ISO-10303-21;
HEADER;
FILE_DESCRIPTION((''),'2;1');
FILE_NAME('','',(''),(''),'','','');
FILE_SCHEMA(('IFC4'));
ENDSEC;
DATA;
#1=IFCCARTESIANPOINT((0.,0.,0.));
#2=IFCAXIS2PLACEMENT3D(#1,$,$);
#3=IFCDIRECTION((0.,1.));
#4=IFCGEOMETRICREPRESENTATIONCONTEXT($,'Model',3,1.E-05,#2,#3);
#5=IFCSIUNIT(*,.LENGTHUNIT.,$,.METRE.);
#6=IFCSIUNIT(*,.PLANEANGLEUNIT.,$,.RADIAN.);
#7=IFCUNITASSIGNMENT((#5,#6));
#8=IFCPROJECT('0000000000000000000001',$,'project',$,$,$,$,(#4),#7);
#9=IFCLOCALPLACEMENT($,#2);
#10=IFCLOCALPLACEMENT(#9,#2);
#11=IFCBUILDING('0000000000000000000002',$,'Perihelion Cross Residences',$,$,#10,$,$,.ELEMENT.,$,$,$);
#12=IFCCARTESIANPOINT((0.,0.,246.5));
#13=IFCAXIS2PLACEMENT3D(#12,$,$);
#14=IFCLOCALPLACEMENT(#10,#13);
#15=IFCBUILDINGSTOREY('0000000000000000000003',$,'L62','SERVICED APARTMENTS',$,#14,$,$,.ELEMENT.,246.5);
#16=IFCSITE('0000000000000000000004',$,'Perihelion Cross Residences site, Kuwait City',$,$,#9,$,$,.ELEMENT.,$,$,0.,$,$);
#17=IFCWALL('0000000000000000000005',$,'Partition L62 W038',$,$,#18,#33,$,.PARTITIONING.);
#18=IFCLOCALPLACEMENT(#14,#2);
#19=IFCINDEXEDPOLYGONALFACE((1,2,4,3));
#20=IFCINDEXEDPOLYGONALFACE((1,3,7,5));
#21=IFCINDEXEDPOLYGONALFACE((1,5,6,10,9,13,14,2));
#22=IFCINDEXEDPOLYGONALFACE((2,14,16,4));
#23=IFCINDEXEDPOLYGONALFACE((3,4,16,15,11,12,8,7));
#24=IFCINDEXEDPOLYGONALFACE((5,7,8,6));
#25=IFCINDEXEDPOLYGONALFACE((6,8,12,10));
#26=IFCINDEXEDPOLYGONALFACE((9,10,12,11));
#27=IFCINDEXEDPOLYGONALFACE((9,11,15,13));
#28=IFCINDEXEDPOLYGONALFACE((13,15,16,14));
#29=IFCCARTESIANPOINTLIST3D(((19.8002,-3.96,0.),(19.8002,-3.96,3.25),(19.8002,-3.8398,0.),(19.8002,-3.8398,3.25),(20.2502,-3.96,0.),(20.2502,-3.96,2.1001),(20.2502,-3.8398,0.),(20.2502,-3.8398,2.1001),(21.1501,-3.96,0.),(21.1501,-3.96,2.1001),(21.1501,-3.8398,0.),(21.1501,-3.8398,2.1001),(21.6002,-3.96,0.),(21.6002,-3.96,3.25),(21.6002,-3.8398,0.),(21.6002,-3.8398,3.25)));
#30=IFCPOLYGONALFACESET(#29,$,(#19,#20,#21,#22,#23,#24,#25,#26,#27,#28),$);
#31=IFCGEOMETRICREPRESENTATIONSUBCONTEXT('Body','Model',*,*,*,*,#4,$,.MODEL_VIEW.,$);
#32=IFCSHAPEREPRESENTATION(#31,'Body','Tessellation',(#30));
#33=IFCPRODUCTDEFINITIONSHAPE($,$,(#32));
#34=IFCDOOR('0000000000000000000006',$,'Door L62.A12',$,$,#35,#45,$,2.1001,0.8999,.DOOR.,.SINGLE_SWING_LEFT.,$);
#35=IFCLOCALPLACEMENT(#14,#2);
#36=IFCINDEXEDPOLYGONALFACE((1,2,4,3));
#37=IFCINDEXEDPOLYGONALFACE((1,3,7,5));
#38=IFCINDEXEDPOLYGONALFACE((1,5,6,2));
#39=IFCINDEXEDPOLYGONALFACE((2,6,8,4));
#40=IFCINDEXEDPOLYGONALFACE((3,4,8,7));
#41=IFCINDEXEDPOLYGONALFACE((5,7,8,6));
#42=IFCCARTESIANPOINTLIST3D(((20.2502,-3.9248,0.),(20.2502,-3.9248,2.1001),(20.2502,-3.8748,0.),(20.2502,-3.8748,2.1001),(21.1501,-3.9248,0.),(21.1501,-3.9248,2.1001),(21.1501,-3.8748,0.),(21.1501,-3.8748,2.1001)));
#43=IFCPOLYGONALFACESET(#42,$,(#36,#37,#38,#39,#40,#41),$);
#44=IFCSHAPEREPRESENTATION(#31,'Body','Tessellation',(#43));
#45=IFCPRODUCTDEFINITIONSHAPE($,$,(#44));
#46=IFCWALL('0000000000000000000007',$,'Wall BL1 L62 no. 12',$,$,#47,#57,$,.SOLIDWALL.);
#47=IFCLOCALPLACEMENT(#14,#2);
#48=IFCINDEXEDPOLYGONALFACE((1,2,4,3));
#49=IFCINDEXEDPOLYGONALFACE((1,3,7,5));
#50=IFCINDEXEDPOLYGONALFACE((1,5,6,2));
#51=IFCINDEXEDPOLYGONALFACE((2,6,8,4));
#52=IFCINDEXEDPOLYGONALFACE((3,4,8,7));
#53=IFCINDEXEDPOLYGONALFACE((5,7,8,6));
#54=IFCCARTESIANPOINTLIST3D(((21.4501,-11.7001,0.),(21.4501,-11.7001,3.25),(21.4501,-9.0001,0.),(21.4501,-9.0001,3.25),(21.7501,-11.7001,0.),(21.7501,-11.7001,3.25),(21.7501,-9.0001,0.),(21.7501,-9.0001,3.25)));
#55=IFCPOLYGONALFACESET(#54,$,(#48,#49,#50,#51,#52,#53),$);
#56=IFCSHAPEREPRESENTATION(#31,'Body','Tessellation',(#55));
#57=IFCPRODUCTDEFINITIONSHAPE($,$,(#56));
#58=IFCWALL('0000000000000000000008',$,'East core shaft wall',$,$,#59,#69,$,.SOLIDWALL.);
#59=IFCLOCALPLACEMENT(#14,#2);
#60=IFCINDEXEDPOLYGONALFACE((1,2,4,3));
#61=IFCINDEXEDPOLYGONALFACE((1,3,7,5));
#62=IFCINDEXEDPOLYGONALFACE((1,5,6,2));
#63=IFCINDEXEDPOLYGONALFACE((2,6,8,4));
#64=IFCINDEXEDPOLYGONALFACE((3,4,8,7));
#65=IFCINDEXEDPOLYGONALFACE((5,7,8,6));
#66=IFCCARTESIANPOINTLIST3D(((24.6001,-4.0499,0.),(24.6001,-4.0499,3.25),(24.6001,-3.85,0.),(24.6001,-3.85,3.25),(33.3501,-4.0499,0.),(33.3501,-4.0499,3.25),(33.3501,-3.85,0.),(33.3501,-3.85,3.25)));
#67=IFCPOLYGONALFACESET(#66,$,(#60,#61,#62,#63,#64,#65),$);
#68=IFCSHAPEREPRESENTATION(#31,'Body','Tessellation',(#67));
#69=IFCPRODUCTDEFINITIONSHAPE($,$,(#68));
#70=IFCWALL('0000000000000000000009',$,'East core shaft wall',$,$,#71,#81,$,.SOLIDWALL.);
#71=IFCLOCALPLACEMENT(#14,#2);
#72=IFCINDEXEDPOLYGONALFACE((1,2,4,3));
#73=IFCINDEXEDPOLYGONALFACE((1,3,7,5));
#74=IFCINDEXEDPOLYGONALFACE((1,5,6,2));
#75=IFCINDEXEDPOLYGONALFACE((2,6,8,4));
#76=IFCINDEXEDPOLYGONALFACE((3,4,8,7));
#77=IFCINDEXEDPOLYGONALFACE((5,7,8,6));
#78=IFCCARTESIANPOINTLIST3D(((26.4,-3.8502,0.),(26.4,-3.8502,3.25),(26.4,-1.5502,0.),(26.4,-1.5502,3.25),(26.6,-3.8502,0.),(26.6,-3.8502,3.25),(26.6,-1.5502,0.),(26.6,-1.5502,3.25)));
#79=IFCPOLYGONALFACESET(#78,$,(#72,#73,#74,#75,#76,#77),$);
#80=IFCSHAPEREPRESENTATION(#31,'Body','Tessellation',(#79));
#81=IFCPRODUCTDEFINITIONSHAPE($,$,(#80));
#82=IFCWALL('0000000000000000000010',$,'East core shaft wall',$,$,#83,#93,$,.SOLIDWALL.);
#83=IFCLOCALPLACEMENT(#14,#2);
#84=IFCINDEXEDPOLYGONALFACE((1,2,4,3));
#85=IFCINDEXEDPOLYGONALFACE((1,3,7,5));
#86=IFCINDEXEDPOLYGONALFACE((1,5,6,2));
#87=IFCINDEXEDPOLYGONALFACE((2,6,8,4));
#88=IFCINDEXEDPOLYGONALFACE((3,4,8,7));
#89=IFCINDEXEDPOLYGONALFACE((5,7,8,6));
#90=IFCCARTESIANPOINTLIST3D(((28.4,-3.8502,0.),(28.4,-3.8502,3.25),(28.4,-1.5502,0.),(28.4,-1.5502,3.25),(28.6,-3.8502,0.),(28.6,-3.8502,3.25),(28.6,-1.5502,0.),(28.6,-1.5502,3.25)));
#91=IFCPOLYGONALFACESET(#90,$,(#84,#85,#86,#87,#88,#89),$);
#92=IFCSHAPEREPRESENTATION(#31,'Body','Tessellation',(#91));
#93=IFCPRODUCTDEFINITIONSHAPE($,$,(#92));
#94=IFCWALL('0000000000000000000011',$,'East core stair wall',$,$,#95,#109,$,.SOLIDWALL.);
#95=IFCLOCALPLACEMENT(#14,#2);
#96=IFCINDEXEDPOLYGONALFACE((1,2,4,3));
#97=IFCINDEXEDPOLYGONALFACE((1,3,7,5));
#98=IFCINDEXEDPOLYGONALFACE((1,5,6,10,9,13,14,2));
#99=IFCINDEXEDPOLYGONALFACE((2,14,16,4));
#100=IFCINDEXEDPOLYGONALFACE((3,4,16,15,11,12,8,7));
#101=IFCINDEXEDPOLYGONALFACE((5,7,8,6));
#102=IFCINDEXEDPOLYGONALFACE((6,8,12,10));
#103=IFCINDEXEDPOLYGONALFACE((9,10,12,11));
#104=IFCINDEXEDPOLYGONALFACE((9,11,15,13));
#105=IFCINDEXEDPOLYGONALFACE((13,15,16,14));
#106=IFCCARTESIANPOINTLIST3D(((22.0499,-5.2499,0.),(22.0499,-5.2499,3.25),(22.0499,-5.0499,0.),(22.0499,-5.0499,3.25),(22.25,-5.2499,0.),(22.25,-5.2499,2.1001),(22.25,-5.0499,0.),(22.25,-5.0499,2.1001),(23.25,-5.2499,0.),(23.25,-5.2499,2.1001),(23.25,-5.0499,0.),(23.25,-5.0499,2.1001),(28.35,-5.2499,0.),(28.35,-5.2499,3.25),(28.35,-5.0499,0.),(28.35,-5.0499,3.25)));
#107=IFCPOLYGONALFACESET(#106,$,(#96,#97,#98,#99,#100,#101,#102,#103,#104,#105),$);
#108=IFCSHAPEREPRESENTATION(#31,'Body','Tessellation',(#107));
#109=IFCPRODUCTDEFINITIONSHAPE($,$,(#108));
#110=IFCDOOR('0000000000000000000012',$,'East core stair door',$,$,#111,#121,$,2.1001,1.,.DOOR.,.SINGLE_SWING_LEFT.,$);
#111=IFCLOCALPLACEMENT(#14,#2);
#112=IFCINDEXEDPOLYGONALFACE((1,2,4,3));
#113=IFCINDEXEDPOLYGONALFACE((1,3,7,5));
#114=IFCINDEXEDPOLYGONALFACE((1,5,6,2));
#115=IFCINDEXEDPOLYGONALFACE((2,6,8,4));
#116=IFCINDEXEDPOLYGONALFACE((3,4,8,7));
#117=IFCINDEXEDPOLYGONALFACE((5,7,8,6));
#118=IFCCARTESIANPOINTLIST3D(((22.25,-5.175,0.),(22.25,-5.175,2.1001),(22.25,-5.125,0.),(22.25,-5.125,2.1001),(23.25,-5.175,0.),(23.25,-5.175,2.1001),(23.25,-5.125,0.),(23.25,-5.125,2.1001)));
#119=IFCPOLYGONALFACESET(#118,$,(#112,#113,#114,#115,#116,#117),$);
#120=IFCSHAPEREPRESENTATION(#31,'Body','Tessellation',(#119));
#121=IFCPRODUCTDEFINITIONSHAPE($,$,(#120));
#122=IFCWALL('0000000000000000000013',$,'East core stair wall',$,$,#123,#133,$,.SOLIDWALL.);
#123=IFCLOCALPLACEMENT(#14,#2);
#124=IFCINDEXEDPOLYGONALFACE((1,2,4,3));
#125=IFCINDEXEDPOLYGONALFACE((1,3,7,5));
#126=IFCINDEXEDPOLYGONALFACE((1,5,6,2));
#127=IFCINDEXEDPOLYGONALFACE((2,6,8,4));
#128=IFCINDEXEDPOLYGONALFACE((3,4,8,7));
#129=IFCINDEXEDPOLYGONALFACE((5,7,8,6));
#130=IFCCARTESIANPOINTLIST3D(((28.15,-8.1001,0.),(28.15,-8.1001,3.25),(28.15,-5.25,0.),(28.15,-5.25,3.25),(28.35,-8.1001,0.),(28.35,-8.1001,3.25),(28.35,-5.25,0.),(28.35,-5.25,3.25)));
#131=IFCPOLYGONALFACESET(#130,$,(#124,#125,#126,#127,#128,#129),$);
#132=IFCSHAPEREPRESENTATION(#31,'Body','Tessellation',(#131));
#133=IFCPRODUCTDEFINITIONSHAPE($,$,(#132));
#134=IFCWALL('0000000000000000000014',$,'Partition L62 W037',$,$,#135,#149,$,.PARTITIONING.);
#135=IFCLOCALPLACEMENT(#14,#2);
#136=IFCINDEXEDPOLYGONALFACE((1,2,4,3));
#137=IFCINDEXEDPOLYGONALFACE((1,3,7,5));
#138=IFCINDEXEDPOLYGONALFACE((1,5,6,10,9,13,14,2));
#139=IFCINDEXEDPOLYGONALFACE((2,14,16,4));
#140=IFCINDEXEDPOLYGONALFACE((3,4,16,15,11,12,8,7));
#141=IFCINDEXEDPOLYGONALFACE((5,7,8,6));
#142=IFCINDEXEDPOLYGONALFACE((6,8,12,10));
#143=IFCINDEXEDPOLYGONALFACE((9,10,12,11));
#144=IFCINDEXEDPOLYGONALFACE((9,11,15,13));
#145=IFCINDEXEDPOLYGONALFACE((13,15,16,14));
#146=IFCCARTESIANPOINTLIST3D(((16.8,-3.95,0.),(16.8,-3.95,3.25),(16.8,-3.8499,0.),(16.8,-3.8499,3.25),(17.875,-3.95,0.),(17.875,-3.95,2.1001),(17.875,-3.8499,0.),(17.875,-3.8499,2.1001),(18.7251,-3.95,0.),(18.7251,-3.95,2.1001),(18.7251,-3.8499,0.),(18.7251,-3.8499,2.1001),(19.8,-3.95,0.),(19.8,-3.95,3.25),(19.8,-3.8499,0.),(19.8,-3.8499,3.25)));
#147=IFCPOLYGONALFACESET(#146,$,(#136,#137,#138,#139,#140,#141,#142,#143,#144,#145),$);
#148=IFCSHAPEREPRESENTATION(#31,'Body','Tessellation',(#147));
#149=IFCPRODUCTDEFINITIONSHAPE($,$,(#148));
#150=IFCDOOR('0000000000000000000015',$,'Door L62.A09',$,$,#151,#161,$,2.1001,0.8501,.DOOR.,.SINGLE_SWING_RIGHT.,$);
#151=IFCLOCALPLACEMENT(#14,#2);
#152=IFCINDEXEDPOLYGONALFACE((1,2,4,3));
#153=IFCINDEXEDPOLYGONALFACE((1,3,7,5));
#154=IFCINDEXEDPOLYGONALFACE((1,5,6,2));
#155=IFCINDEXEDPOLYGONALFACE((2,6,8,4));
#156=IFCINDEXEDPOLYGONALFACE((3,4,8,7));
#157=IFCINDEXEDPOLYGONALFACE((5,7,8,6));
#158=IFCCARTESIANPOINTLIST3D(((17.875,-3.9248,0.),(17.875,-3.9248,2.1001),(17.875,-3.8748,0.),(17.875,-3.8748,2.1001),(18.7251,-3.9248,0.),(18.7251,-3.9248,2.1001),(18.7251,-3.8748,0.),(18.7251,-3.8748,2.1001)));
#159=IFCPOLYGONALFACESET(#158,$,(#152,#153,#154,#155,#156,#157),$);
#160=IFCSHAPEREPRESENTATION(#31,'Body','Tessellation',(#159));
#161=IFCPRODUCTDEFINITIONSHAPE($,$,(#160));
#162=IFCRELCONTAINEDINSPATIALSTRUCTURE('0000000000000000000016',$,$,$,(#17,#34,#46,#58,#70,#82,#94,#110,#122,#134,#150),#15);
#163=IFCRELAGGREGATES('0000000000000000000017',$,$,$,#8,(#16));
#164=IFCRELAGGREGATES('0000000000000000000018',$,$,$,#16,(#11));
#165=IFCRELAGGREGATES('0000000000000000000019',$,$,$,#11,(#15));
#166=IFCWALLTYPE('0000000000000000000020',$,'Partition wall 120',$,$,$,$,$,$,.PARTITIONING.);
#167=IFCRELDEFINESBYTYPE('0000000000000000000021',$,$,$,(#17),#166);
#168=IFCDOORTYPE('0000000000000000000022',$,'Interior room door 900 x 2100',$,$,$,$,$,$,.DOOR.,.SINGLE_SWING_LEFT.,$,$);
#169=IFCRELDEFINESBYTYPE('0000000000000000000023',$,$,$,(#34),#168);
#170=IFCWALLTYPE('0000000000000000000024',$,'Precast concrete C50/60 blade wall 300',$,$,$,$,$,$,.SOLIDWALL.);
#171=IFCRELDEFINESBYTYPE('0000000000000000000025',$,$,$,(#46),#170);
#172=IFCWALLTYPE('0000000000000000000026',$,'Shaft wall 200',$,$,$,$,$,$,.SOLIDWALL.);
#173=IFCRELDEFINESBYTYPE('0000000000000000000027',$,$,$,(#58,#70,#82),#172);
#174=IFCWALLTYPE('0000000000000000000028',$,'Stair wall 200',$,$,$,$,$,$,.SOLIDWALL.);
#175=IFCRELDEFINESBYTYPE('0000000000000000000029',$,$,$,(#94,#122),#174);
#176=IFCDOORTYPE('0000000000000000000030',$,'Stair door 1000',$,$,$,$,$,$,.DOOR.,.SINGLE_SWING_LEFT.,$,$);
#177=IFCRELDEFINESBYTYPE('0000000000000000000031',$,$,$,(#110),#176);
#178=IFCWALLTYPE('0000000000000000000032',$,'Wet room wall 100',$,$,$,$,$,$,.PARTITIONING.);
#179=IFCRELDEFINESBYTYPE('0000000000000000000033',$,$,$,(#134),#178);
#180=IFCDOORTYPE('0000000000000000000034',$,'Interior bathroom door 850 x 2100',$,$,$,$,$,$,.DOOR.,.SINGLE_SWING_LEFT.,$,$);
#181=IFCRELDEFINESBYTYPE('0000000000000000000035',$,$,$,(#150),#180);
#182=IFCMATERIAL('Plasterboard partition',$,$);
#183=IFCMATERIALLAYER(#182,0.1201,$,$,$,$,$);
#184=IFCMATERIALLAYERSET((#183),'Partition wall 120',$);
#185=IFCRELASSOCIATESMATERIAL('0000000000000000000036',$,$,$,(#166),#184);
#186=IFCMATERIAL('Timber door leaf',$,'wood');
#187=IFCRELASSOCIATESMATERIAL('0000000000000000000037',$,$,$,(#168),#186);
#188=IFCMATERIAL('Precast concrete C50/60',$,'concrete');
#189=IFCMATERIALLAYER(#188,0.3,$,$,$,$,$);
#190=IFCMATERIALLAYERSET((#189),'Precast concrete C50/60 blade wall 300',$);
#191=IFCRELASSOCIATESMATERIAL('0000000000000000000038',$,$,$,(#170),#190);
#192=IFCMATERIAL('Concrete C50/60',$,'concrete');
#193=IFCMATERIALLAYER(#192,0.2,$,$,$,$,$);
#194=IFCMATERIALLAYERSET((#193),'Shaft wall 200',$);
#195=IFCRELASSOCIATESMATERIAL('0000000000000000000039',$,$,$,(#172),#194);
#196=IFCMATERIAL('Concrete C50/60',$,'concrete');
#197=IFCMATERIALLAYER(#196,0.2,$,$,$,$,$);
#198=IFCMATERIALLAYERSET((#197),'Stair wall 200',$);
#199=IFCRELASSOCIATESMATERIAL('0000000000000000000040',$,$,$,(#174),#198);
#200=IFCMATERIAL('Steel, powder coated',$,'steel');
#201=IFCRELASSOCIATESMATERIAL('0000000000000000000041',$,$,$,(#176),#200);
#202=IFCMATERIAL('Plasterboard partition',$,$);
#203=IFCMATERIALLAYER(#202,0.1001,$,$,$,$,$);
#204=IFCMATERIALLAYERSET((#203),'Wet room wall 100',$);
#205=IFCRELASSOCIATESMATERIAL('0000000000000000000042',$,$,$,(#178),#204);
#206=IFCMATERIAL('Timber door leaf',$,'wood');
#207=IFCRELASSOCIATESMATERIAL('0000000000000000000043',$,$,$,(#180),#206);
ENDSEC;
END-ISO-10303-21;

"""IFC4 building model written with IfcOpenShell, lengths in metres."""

from ifc_helpers import new_model, si_unit, direction, frame, frame_2d, origin, place, context, subcontext, project, spatial, rectangle, extrude, material, layer, layer_set, type_object, element, fill, save


model = new_model("IFC4")

# Units and contexts
model_context = context("Model", 3, precision=1e-05, world=origin(), true_north=direction((0.0, 1.0)))
body_context = subcontext(model_context, "Body", "Model", "MODEL_VIEW")
ifc_project = project(units=[si_unit("LENGTHUNIT", "METRE"), si_unit("PLANEANGLEUNIT", "RADIAN")], contexts=[model_context])

# Site, building, storey
site_placement = place(None, origin())
site = spatial("IfcSite", under=ifc_project, at=site_placement, Name="Perihelion Cross Residences site, Kuwait City", CompositionType="ELEMENT", RefElevation=0.0)
building_placement = place(site_placement, origin())
building = spatial("IfcBuilding", under=site, at=building_placement, Name="Perihelion Cross Residences", CompositionType="ELEMENT")
storey_placement = place(building_placement, frame((0.0, 0.0, 246.5)))
storey = spatial("IfcBuildingStorey", under=building, at=storey_placement, Name="L62", Description="SERVICED APARTMENTS", CompositionType="ELEMENT", Elevation=246.5)

# Wall, opening, door
ifc_material_1 = material(Name="Plasterboard partition")
ifc_layer_1 = layer(ifc_material_1, 0.1201)
ifc_layer_set_1 = layer_set([ifc_layer_1], Name="Partition wall 120")
wall_type_1 = type_object("IfcWallType", Name="Partition wall 120", PredefinedType="PARTITIONING", material=ifc_layer_set_1)
wall_1_placement = place(storey_placement, frame((21.6001, -3.8999, 0.0), z_axis=(0.0, 0.0, 1.0), x_axis=(-1.0, 0.0, 0.0)))
wall_1 = element("IfcWall", 1, at=wall_1_placement, inside=storey, type_object=wall_type_1, Name="Partition L62 W038", PredefinedType="PARTITIONING", context=body_context, shape_type="SweptSolid", body=[
    extrude(rectangle(XDim=1.8, YDim=0.1201, at=frame_2d((0.8999, 0.0))), origin(), (0.0, 0.0, 1.0), 3.25),
])
opening_1_placement = place(wall_1_placement, frame((0.45, 0.0, 0.0)))
opening_1 = element("IfcOpeningElement", 2, at=opening_1_placement, cuts=wall_1, PredefinedType="OPENING", context=body_context, shape_type="SweptSolid", body=[
    extrude(rectangle(XDim=0.8999, YDim=2.1001, at=frame_2d((0.45, 1.05))), frame((0.0, 0.0701, 0.0), z_axis=(0.0, -1.0, 0.0), x_axis=(1.0, 0.0, 0.0)), (0.0, 0.0, 1.0), 0.1401),
])
ifc_material_2 = material(Name="Timber door leaf", Category="wood")
door_type_1 = type_object("IfcDoorType", Name="Interior room door 900 x 2100", OperationType="SINGLE_SWING_LEFT", PredefinedType="DOOR", material=ifc_material_2)
door_1_placement = place(opening_1_placement, origin())
door_1 = element("IfcDoor", 3, at=door_1_placement, inside=storey, type_object=door_type_1, Name="Door L62.A12", OperationType="SINGLE_SWING_LEFT", OverallHeight=2.1001, OverallWidth=0.8999, PredefinedType="DOOR", context=body_context, shape_type="SweptSolid", body=[
    extrude(rectangle(XDim=0.8999, YDim=2.1001, at=frame_2d((0.45, 1.05))), frame((0.0, 0.0249, 0.0), z_axis=(0.0, -1.0, 0.0), x_axis=(1.0, 0.0, 0.0)), (0.0, 0.0, 1.0), 0.05),
])
fill(opening_1, door_1)

# Walls
ifc_material_3 = material(Name="Precast concrete C50/60", Category="concrete")
ifc_layer_2 = layer(ifc_material_3, 0.3)
ifc_layer_set_2 = layer_set([ifc_layer_2], Name="Precast concrete C50/60 blade wall 300")
wall_type_2 = type_object("IfcWallType", Name="Precast concrete C50/60 blade wall 300", PredefinedType="SOLIDWALL", material=ifc_layer_set_2)
wall_2_placement = place(storey_placement, frame((21.6001, -9.0, 0.0), z_axis=(0.0, 0.0, 1.0), x_axis=(0.0, -1.0, 0.0)))
element("IfcWall", 4, at=wall_2_placement, inside=storey, type_object=wall_type_2, Name="Wall BL1 L62 no. 12", PredefinedType="SOLIDWALL", context=body_context, shape_type="SweptSolid", body=[
    extrude(rectangle(XDim=2.7, YDim=0.3, at=frame_2d((1.3501, 0.0))), origin(), (0.0, 0.0, 1.0), 3.25),
])
ifc_material_4 = material(Name="Concrete C50/60", Category="concrete")
ifc_layer_3 = layer(ifc_material_4, 0.2)
ifc_layer_set_3 = layer_set([ifc_layer_3], Name="Shaft wall 200")
wall_type_3 = type_object("IfcWallType", Name="Shaft wall 200", PredefinedType="SOLIDWALL", material=ifc_layer_set_3)
wall_3_placement = place(storey_placement, frame((24.6001, -3.95, 0.0), z_axis=(0.0, 0.0, 1.0), x_axis=(1.0, 0.0, 0.0)))
element("IfcWall", 5, at=wall_3_placement, inside=storey, type_object=wall_type_3, Name="East core shaft wall", PredefinedType="SOLIDWALL", context=body_context, shape_type="SweptSolid", body=[
    extrude(rectangle(XDim=8.75, YDim=0.2, at=frame_2d((4.375, 0.0))), origin(), (0.0, 0.0, 1.0), 3.25),
])
for number, where, z_axis, x_axis, name in (
    (6, (26.5, -3.8501, 0.0), (0.0, 0.0, 1.0), (0.0, 1.0, 0.0), "East core shaft wall"),
    (7, (28.5, -3.8501, 0.0), (0.0, 0.0, 1.0), (0.0, 1.0, 0.0), "East core shaft wall"),
):
    element("IfcWall", number, at=place(storey_placement, frame(where, z_axis=z_axis, x_axis=x_axis)), inside=storey, type_object=wall_type_3, Name=name, PredefinedType="SOLIDWALL", context=body_context, shape_type="SweptSolid", body=[
        extrude(rectangle(XDim=2.3, YDim=0.2, at=frame_2d((1.1499, 0.0))), origin(), (0.0, 0.0, 1.0), 3.25),
    ])

# Wall, opening, door
ifc_material_5 = material(Name="Concrete C50/60", Category="concrete")
ifc_layer_4 = layer(ifc_material_5, 0.2)
ifc_layer_set_4 = layer_set([ifc_layer_4], Name="Stair wall 200")
wall_type_4 = type_object("IfcWallType", Name="Stair wall 200", PredefinedType="SOLIDWALL", material=ifc_layer_set_4)
wall_4_placement = place(storey_placement, frame((22.05, -5.1499, 0.0), z_axis=(0.0, 0.0, 1.0), x_axis=(1.0, 0.0, 0.0)))
wall_4 = element("IfcWall", 8, at=wall_4_placement, inside=storey, type_object=wall_type_4, Name="East core stair wall", PredefinedType="SOLIDWALL", context=body_context, shape_type="SweptSolid", body=[
    extrude(rectangle(XDim=6.3, YDim=0.2, at=frame_2d((3.1499, 0.0))), origin(), (0.0, 0.0, 1.0), 3.25),
])
opening_2_placement = place(wall_4_placement, frame((0.2, 0.0, 0.0)))
opening_2 = element("IfcOpeningElement", 9, at=opening_2_placement, cuts=wall_4, PredefinedType="OPENING", context=body_context, shape_type="SweptSolid", body=[
    extrude(rectangle(XDim=1.0, YDim=2.1001, at=frame_2d((0.5, 1.05))), frame((0.0, 0.1099, 0.0), z_axis=(0.0, -1.0, 0.0), x_axis=(1.0, 0.0, 0.0)), (0.0, 0.0, 1.0), 0.22),
])
ifc_material_6 = material(Name="Steel, powder coated", Category="steel")
door_type_2 = type_object("IfcDoorType", Name="Stair door 1000", OperationType="SINGLE_SWING_LEFT", PredefinedType="DOOR", material=ifc_material_6)
door_2_placement = place(opening_2_placement, origin())
door_2 = element("IfcDoor", 10, at=door_2_placement, inside=storey, type_object=door_type_2, Name="East core stair door", OperationType="SINGLE_SWING_LEFT", OverallHeight=2.1001, OverallWidth=1.0, PredefinedType="DOOR", context=body_context, shape_type="SweptSolid", body=[
    extrude(rectangle(XDim=1.0, YDim=2.1001, at=frame_2d((0.5, 1.05))), frame((0.0, 0.0249, 0.0), z_axis=(0.0, -1.0, 0.0), x_axis=(1.0, 0.0, 0.0)), (0.0, 0.0, 1.0), 0.05),
])
fill(opening_2, door_2)

# Wall
wall_5_placement = place(storey_placement, frame((28.25, -8.1001, 0.0), z_axis=(0.0, 0.0, 1.0), x_axis=(0.0, 1.0, 0.0)))
element("IfcWall", 11, at=wall_5_placement, inside=storey, type_object=wall_type_4, Name="East core stair wall", PredefinedType="SOLIDWALL", context=body_context, shape_type="SweptSolid", body=[
    extrude(rectangle(XDim=2.8501, YDim=0.2, at=frame_2d((1.425, 0.0))), origin(), (0.0, 0.0, 1.0), 3.25),
])

# Wall, opening, door
ifc_material_7 = material(Name="Plasterboard partition")
ifc_layer_5 = layer(ifc_material_7, 0.1001)
ifc_layer_set_5 = layer_set([ifc_layer_5], Name="Wet room wall 100")
wall_type_5 = type_object("IfcWallType", Name="Wet room wall 100", PredefinedType="PARTITIONING", material=ifc_layer_set_5)
wall_6_placement = place(storey_placement, frame((19.8, -3.8999, 0.0), z_axis=(0.0, 0.0, 1.0), x_axis=(-1.0, 0.0, 0.0)))
wall_6 = element("IfcWall", 12, at=wall_6_placement, inside=storey, type_object=wall_type_5, Name="Partition L62 W037", PredefinedType="PARTITIONING", context=body_context, shape_type="SweptSolid", body=[
    extrude(rectangle(XDim=3.0, YDim=0.1001, at=frame_2d((1.5, 0.0))), origin(), (0.0, 0.0, 1.0), 3.25),
])
opening_3_placement = place(wall_6_placement, frame((1.075, 0.0, 0.0)))
opening_3 = element("IfcOpeningElement", 13, at=opening_3_placement, cuts=wall_6, PredefinedType="OPENING", context=body_context, shape_type="SweptSolid", body=[
    extrude(rectangle(XDim=0.8501, YDim=2.1001, at=frame_2d((0.425, 1.05))), frame((0.0, 0.0601, 0.0), z_axis=(0.0, -1.0, 0.0), x_axis=(1.0, 0.0, 0.0)), (0.0, 0.0, 1.0), 0.1201),
])
ifc_material_8 = material(Name="Timber door leaf", Category="wood")
door_type_3 = type_object("IfcDoorType", Name="Interior bathroom door 850 x 2100", OperationType="SINGLE_SWING_LEFT", PredefinedType="DOOR", material=ifc_material_8)
door_3_placement = place(opening_3_placement, origin())
door_3 = element("IfcDoor", 14, at=door_3_placement, inside=storey, type_object=door_type_3, Name="Door L62.A09", OperationType="SINGLE_SWING_RIGHT", OverallHeight=2.1001, OverallWidth=0.8501, PredefinedType="DOOR", context=body_context, shape_type="SweptSolid", body=[
    extrude(rectangle(XDim=0.8501, YDim=2.1001, at=frame_2d((0.425, 1.05))), frame((0.0, 0.0249, 0.0), z_axis=(0.0, -1.0, 0.0), x_axis=(1.0, 0.0, 0.0)), (0.0, 0.0, 1.0), 0.05),
])
fill(opening_3, door_3)

save(model, "model.ifc")
